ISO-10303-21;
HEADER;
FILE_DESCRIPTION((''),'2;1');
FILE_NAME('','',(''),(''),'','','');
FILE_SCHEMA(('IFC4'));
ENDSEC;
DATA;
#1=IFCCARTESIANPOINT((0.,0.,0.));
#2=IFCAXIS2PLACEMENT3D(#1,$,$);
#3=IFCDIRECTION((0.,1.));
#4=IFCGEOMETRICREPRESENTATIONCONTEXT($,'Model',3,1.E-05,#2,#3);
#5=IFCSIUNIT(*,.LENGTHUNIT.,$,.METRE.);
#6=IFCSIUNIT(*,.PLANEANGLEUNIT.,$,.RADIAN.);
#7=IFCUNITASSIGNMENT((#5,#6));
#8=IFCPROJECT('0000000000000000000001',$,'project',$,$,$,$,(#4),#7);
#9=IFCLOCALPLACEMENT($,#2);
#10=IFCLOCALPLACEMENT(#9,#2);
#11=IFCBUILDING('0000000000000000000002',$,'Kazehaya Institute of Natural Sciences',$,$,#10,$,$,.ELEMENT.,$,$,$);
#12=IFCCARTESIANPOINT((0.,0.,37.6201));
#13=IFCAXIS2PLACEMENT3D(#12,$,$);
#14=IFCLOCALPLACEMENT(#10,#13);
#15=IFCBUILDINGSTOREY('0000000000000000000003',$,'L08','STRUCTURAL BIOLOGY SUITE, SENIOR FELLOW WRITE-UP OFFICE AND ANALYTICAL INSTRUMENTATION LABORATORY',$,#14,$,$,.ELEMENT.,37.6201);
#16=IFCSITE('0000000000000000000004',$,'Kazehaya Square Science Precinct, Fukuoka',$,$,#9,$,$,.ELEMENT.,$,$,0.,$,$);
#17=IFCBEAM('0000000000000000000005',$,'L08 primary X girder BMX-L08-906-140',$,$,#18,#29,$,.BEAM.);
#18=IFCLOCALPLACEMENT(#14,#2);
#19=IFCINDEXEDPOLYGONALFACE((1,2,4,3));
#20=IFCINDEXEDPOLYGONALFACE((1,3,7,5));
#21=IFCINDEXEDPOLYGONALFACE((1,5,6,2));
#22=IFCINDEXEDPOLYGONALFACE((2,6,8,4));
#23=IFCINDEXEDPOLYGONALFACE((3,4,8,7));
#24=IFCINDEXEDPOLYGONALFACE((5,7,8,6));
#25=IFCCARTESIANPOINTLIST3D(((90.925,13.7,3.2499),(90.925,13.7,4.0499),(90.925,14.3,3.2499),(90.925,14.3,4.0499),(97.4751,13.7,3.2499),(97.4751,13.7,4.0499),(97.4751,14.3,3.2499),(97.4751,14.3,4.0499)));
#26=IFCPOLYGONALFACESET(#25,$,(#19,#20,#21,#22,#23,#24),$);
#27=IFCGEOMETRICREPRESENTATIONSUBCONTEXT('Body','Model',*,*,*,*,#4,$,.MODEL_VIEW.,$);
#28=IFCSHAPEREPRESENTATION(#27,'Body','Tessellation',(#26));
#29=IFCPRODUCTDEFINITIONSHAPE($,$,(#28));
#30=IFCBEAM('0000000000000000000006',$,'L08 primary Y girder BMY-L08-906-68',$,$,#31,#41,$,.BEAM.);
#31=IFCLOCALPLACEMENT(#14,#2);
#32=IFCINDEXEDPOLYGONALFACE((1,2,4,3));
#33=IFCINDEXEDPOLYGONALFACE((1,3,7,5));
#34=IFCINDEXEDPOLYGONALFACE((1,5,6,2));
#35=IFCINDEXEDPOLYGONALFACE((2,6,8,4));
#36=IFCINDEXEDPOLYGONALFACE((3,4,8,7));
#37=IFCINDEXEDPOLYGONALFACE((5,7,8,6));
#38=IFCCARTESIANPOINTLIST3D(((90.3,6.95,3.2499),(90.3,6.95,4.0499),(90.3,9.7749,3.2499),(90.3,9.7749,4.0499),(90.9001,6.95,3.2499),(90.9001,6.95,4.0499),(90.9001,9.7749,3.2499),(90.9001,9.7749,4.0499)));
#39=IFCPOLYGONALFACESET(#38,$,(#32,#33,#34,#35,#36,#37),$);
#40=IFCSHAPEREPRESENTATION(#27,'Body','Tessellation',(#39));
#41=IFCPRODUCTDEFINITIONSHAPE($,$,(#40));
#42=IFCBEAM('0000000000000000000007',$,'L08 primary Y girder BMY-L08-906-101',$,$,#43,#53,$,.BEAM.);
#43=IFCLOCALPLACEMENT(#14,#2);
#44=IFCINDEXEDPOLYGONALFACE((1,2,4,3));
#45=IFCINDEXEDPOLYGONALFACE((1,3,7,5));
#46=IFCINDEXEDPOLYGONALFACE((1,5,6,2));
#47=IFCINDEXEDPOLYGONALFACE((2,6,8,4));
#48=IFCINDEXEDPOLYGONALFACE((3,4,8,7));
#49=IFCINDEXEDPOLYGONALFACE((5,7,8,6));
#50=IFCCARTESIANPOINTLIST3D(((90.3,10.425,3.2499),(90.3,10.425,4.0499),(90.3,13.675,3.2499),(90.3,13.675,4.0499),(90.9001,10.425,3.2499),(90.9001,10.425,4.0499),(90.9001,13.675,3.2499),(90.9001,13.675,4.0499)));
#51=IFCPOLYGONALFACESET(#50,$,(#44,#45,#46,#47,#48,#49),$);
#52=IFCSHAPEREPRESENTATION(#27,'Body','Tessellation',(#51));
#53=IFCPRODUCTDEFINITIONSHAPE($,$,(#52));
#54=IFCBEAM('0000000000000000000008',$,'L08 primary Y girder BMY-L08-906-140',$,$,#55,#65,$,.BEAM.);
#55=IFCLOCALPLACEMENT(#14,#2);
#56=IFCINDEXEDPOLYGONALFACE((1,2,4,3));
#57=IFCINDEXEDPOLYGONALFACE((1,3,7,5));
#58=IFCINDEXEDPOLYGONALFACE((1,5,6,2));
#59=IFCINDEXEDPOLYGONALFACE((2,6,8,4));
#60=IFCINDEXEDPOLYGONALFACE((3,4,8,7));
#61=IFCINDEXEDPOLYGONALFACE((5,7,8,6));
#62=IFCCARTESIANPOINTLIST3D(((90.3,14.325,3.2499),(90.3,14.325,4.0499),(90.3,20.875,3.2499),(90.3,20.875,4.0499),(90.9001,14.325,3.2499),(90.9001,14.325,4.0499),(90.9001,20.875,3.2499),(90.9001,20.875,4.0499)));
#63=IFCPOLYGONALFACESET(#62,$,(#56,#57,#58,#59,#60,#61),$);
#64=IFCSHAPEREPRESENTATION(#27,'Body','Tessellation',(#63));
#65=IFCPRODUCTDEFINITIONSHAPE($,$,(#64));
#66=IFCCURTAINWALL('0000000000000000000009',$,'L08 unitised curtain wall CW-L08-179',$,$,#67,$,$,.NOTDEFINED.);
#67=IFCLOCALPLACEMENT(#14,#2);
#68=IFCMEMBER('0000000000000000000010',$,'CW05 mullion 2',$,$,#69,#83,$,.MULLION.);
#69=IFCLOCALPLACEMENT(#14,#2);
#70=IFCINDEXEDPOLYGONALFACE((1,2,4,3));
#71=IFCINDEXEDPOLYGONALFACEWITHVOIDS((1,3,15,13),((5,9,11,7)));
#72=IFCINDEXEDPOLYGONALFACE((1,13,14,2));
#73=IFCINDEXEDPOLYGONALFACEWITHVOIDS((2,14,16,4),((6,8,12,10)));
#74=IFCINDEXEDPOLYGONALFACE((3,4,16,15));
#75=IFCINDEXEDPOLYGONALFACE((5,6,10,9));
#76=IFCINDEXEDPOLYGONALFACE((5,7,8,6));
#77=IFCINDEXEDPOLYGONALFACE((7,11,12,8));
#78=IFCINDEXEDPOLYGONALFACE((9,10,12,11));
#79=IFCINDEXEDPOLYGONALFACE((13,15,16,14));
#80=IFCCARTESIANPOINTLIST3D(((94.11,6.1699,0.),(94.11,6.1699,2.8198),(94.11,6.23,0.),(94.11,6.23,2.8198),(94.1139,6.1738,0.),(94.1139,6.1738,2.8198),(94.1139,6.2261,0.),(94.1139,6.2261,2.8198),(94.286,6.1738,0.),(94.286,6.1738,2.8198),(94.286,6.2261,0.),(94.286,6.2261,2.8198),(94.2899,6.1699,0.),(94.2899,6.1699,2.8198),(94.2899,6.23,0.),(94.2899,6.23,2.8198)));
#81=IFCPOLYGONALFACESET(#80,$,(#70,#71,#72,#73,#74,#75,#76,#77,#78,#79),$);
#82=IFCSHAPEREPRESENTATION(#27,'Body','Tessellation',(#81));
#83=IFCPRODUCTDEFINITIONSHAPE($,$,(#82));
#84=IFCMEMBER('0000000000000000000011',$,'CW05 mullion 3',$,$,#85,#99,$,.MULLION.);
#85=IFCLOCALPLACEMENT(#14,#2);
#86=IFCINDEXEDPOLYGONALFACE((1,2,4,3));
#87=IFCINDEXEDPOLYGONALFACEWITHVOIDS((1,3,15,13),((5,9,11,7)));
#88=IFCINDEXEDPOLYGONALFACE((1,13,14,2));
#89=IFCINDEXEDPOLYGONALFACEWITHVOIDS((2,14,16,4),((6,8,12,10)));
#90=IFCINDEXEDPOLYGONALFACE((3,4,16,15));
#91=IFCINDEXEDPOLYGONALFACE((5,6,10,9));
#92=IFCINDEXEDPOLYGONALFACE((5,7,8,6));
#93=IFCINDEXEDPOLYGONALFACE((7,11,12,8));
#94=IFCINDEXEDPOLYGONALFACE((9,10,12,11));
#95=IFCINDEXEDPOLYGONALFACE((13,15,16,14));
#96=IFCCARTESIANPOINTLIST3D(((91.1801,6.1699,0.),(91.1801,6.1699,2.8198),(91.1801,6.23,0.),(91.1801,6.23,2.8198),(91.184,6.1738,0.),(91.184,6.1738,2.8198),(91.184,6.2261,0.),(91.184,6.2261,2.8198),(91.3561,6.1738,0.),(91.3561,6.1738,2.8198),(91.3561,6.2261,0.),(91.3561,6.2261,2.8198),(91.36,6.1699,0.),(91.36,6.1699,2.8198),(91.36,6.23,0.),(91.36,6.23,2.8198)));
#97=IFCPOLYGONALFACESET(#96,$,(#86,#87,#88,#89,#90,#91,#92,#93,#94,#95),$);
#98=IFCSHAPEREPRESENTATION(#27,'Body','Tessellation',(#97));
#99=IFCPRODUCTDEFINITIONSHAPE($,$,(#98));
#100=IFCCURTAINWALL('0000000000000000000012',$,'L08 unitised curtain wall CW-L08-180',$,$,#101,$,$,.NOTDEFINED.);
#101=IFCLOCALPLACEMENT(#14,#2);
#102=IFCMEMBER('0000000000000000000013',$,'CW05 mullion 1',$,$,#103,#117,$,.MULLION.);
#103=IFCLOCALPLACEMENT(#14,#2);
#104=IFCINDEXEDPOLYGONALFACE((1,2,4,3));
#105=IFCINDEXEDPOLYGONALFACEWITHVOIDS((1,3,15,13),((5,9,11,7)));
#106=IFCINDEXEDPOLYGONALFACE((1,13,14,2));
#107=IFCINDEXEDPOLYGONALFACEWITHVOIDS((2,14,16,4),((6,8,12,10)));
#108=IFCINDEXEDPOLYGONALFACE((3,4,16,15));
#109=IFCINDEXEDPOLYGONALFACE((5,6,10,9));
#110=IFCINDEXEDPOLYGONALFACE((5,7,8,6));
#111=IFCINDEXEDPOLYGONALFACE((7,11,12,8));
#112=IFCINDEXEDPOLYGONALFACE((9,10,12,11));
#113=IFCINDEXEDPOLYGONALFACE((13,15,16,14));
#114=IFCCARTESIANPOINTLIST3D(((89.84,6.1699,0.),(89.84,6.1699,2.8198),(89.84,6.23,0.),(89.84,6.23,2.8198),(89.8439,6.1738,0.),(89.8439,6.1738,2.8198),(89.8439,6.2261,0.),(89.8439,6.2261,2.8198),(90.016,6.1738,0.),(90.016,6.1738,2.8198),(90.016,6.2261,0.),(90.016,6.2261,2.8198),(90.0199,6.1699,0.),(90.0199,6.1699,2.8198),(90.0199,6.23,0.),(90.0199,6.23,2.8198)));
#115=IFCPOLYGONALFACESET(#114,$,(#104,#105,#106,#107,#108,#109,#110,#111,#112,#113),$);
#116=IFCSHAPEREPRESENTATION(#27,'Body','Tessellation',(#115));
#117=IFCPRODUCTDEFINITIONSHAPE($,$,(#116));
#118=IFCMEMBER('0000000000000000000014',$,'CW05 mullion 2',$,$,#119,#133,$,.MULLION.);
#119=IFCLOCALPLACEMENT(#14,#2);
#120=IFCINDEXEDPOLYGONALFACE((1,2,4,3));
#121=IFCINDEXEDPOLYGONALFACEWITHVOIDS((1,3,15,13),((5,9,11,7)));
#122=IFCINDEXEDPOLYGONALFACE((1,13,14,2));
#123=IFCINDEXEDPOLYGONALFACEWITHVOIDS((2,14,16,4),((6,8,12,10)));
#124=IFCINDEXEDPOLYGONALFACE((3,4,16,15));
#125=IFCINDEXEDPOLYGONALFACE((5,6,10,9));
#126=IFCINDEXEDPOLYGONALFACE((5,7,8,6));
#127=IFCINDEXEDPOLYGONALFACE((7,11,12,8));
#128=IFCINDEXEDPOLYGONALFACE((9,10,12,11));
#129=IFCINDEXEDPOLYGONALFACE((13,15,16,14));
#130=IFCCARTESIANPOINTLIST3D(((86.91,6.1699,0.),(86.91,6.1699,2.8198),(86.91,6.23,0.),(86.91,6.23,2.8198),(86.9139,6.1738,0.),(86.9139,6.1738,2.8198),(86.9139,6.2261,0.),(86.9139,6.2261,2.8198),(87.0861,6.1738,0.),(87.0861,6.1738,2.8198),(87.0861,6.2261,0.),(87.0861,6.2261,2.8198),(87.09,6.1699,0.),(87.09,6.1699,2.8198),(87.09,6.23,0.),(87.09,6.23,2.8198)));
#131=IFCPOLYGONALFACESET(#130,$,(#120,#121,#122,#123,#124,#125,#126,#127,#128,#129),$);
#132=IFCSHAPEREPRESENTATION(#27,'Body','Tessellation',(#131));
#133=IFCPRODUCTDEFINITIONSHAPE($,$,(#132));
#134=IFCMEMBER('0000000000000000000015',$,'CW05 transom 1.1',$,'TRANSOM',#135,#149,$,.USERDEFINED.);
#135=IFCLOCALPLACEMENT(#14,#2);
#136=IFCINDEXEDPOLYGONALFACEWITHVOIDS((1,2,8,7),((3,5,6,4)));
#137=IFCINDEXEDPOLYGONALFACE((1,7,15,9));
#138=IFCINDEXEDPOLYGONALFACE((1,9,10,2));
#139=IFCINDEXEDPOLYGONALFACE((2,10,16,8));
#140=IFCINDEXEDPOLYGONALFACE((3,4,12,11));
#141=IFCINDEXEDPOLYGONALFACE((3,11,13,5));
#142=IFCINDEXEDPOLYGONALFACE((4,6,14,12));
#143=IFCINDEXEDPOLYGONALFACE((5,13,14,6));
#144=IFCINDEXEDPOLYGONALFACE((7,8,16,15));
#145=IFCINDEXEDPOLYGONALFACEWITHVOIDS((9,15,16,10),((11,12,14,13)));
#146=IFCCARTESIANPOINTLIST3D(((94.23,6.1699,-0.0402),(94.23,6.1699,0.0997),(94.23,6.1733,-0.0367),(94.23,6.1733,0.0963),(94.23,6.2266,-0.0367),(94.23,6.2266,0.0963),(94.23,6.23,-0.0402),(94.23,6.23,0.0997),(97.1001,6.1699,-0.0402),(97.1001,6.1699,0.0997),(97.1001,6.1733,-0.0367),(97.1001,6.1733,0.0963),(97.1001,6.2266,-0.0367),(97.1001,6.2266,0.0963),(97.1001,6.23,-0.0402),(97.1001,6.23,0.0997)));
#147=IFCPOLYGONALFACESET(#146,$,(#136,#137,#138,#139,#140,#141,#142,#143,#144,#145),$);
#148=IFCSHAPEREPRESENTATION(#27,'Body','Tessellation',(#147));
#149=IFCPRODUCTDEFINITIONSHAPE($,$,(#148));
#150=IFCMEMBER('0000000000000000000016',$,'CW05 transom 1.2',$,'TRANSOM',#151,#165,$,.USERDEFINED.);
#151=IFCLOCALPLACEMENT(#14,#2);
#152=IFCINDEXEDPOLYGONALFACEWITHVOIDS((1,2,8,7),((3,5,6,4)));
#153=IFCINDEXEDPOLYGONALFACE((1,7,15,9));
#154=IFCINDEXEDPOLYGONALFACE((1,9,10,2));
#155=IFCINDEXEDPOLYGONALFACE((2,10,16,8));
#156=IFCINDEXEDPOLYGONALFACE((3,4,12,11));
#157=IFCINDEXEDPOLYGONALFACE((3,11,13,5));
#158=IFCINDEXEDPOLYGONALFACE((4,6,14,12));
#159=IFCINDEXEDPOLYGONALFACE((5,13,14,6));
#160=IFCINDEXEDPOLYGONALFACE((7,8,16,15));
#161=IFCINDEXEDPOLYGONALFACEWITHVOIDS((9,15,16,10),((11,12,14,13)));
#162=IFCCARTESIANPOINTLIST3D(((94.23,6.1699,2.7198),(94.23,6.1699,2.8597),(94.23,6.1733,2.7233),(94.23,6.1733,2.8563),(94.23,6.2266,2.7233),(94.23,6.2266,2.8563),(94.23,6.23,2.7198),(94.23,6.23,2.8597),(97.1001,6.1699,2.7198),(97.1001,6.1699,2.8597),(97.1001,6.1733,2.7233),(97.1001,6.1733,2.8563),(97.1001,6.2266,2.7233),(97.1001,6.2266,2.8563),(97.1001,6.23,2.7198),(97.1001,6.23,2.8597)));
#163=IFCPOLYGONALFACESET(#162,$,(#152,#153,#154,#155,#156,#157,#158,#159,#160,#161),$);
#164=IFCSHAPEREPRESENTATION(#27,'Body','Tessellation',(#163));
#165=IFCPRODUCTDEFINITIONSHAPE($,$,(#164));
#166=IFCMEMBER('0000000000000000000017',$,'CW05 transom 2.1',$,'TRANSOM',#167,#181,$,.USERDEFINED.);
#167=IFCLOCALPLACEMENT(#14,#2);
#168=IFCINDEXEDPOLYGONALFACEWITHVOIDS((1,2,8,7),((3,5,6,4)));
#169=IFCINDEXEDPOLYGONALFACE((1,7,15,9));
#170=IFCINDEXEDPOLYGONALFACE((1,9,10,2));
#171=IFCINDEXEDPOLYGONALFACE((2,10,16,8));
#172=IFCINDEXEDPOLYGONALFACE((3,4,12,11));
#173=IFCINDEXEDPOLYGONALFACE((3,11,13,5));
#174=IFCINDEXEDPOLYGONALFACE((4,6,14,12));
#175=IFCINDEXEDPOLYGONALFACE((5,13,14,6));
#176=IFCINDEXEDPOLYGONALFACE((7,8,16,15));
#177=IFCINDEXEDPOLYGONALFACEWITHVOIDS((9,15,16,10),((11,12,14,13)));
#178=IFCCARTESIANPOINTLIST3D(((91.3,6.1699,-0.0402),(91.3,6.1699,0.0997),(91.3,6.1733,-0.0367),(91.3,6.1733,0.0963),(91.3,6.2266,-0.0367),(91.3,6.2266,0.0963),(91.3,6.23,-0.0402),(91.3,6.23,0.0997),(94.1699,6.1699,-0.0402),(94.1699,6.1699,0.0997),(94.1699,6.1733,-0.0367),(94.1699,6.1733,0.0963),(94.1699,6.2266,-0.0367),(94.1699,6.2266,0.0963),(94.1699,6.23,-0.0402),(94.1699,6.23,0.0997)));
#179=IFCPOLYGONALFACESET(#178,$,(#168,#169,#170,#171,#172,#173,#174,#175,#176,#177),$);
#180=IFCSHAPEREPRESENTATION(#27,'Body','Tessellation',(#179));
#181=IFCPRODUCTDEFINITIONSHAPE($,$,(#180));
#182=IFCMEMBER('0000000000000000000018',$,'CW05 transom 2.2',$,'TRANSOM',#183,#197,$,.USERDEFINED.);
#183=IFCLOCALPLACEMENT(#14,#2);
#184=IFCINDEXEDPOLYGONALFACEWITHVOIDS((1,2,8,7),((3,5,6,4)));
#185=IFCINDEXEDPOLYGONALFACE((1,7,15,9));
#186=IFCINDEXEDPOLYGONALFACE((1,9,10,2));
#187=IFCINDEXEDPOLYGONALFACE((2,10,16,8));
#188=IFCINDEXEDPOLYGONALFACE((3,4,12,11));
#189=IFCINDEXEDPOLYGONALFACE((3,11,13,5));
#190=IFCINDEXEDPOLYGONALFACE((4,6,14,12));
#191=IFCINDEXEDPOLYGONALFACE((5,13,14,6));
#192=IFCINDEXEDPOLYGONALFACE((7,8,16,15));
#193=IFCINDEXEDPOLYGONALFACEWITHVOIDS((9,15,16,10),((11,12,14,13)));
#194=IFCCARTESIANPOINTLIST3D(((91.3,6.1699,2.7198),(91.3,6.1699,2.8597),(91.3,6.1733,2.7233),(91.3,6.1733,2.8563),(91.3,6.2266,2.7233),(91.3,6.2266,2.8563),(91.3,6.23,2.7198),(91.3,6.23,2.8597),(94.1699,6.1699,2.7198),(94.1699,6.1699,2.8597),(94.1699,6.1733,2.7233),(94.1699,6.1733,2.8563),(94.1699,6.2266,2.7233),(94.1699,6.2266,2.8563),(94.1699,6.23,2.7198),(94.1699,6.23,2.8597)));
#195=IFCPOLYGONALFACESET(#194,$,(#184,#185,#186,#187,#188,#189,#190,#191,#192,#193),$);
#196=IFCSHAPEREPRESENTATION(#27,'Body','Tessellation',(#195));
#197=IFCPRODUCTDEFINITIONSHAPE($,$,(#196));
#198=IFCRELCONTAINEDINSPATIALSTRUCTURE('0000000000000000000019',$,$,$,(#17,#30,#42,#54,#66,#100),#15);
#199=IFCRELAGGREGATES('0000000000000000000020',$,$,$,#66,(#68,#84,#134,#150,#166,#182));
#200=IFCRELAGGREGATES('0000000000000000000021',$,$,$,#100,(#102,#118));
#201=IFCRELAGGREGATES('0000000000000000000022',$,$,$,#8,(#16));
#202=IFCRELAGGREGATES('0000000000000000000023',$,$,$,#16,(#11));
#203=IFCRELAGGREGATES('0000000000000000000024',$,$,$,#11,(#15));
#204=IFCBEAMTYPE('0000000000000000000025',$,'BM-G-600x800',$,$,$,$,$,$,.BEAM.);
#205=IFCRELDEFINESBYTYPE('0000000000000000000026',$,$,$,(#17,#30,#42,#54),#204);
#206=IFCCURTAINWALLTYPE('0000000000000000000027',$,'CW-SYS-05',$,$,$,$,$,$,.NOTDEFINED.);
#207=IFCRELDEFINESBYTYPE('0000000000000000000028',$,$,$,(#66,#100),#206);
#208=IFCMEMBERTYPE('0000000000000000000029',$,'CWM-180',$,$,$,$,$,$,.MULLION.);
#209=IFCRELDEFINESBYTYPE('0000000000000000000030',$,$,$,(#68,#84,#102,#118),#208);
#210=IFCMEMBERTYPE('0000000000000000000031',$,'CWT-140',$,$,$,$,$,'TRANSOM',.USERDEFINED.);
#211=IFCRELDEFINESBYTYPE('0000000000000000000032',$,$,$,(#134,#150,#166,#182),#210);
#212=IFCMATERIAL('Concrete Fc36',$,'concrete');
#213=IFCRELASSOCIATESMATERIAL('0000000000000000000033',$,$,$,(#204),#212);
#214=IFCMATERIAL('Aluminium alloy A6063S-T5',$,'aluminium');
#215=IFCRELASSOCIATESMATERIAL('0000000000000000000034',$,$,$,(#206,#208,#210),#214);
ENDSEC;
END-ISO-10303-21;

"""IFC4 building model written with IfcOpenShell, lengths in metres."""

from ifc_helpers import new_model, si_unit, direction, frame, origin, origin_2d, place, context, subcontext, project, spatial, rectangle, hollow_rectangle, extrude, material, material_profile, profile_set, type_object, element, aggregate, save


model = new_model("IFC4")

# Units and contexts
model_context = context("Model", 3, precision=1e-05, world=origin(), true_north=direction((0.0, 1.0)))
body_context = subcontext(model_context, "Body", "Model", "MODEL_VIEW")
ifc_project = project(units=[si_unit("LENGTHUNIT", "METRE"), si_unit("PLANEANGLEUNIT", "RADIAN")], contexts=[model_context])

# Site, building, storey
site_placement = place(None, origin())
site = spatial("IfcSite", under=ifc_project, at=site_placement, Name="Kazehaya Square Science Precinct, Fukuoka", CompositionType="ELEMENT", RefElevation=0.0)
building_placement = place(site_placement, origin())
building = spatial("IfcBuilding", under=site, at=building_placement, Name="Kazehaya Institute of Natural Sciences", CompositionType="ELEMENT")
storey_placement = place(building_placement, frame((0.0, 0.0, 37.6201)))
storey = spatial("IfcBuildingStorey", under=building, at=storey_placement, Name="L08", Description="STRUCTURAL BIOLOGY SUITE, SENIOR FELLOW WRITE-UP OFFICE AND ANALYTICAL INSTRUMENTATION LABORATORY", CompositionType="ELEMENT", Elevation=37.6201)

# Shared definitions
ifc_material_1 = material(Name="Concrete Fc36", Category="concrete")

# Beams
ifc_material_profile_1 = material_profile(ifc_material_1, rectangle(XDim=0.6001, YDim=0.8, at=origin_2d()), Name="RC-600x800")
ifc_profile_set_1 = profile_set([ifc_material_profile_1], Name="Concrete Fc36")
beam_type = type_object("IfcBeamType", Name="BM-G-600x800", PredefinedType="BEAM", material=ifc_profile_set_1)
for number, where, z_axis, x_axis, name in (
    (1, (90.925, 14.0, 3.6499), (1.0, 0.0, 0.0), (0.0, 1.0, 0.0), "L08 primary X girder BMX-L08-906-140"),
):
    element("IfcBeam", number, at=place(storey_placement, frame(where, z_axis=z_axis, x_axis=x_axis)), inside=storey, type_object=beam_type, Name=name, PredefinedType="BEAM", context=body_context, shape_type="SweptSolid", body=[
        extrude(rectangle(XDim=0.6001, YDim=0.8, at=origin_2d()), origin(), (0.0, 0.0, 1.0), 6.55),
    ])
beam_1_placement = place(storey_placement, frame((90.6001, 6.95, 3.6499), z_axis=(0.0, 1.0, 0.0), x_axis=(-1.0, 0.0, 0.0)))
element("IfcBeam", 2, at=beam_1_placement, inside=storey, type_object=beam_type, Name="L08 primary Y girder BMY-L08-906-68", PredefinedType="BEAM", context=body_context, shape_type="SweptSolid", body=[
    extrude(rectangle(XDim=0.6001, YDim=0.8, at=origin_2d()), origin(), (0.0, 0.0, 1.0), 2.825),
])
beam_2_placement = place(storey_placement, frame((90.6001, 10.425, 3.6499), z_axis=(0.0, 1.0, 0.0), x_axis=(-1.0, 0.0, 0.0)))
element("IfcBeam", 3, at=beam_2_placement, inside=storey, type_object=beam_type, Name="L08 primary Y girder BMY-L08-906-101", PredefinedType="BEAM", context=body_context, shape_type="SweptSolid", body=[
    extrude(rectangle(XDim=0.6001, YDim=0.8, at=origin_2d()), origin(), (0.0, 0.0, 1.0), 3.25),
])
beam_3_placement = place(storey_placement, frame((90.6001, 14.325, 3.6499), z_axis=(0.0, 1.0, 0.0), x_axis=(-1.0, 0.0, 0.0)))
element("IfcBeam", 4, at=beam_3_placement, inside=storey, type_object=beam_type, Name="L08 primary Y girder BMY-L08-906-140", PredefinedType="BEAM", context=body_context, shape_type="SweptSolid", body=[
    extrude(rectangle(XDim=0.6001, YDim=0.8, at=origin_2d()), origin(), (0.0, 0.0, 1.0), 6.55),
])

# Curtain walls, members
ifc_material_2 = material(Name="Aluminium alloy A6063S-T5", Category="aluminium")
curtain_wall_type = type_object("IfcCurtainWallType", Name="CW-SYS-05", PredefinedType="NOTDEFINED", material=ifc_material_2)
curtain_wall_1_placement = place(storey_placement, origin())
curtain_wall_1 = element("IfcCurtainWall", 5, at=curtain_wall_1_placement, inside=storey, type_object=curtain_wall_type, Name="L08 unitised curtain wall CW-L08-179", PredefinedType="NOTDEFINED")
ifc_material_profile_2 = material_profile(ifc_material_2, hollow_rectangle(XDim=0.0601, YDim=0.1799, WallThickness=0.0039, at=origin_2d()), Name="ALU-60x180x4")
ifc_profile_set_2 = profile_set([ifc_material_profile_2], Name="Aluminium alloy A6063S-T5")
member_type_1 = type_object("IfcMemberType", Name="CWM-180", PredefinedType="MULLION", material=ifc_profile_set_2)
member_1_placement = place(storey_placement, frame((94.2, 6.2, 0.0), z_axis=(0.0, 0.0, 1.0), x_axis=(0.0, -1.0, 0.0)))
member_1 = element("IfcMember", 6, at=member_1_placement, type_object=member_type_1, Name="CW05 mullion 2", PredefinedType="MULLION", context=body_context, shape_type="SweptSolid", body=[
    extrude(hollow_rectangle(XDim=0.0601, YDim=0.1799, WallThickness=0.0039, at=origin_2d()), origin(), (0.0, 0.0, 1.0), 2.8198),
])
member_2_placement = place(storey_placement, frame((91.27, 6.2, 0.0), z_axis=(0.0, 0.0, 1.0), x_axis=(0.0, -1.0, 0.0)))
member_2 = element("IfcMember", 7, at=member_2_placement, type_object=member_type_1, Name="CW05 mullion 3", PredefinedType="MULLION", context=body_context, shape_type="SweptSolid", body=[
    extrude(hollow_rectangle(XDim=0.0601, YDim=0.1799, WallThickness=0.0039, at=origin_2d()), origin(), (0.0, 0.0, 1.0), 2.8198),
])
curtain_wall_2_placement = place(storey_placement, origin())
curtain_wall_2 = element("IfcCurtainWall", 8, at=curtain_wall_2_placement, inside=storey, type_object=curtain_wall_type, Name="L08 unitised curtain wall CW-L08-180", PredefinedType="NOTDEFINED")
member_3_placement = place(storey_placement, frame((89.9299, 6.2, 0.0), z_axis=(0.0, 0.0, 1.0), x_axis=(0.0, -1.0, 0.0)))
member_3 = element("IfcMember", 9, at=member_3_placement, type_object=member_type_1, Name="CW05 mullion 1", PredefinedType="MULLION", context=body_context, shape_type="SweptSolid", body=[
    extrude(hollow_rectangle(XDim=0.0601, YDim=0.1799, WallThickness=0.0039, at=origin_2d()), origin(), (0.0, 0.0, 1.0), 2.8198),
])
member_4_placement = place(storey_placement, frame((87.0, 6.2, 0.0), z_axis=(0.0, 0.0, 1.0), x_axis=(0.0, -1.0, 0.0)))
member_4 = element("IfcMember", 10, at=member_4_placement, type_object=member_type_1, Name="CW05 mullion 2", PredefinedType="MULLION", context=body_context, shape_type="SweptSolid", body=[
    extrude(hollow_rectangle(XDim=0.0601, YDim=0.1799, WallThickness=0.0039, at=origin_2d()), origin(), (0.0, 0.0, 1.0), 2.8198),
])

# Members
ifc_material_profile_3 = material_profile(ifc_material_2, hollow_rectangle(XDim=0.0601, YDim=0.1399, WallThickness=0.0034, at=origin_2d()), Name="ALU-60x140x3.5")
ifc_profile_set_3 = profile_set([ifc_material_profile_3], Name="Aluminium alloy A6063S-T5")
member_type_2 = type_object("IfcMemberType", Name="CWT-140", ElementType="TRANSOM", PredefinedType="USERDEFINED", material=ifc_profile_set_3)
member_5_placement = place(storey_placement, frame((97.1001, 6.2, 0.0298), z_axis=(-1.0, 0.0, 0.0), x_axis=(0.0, -1.0, 0.0)))
member_5 = element("IfcMember", 11, at=member_5_placement, type_object=member_type_2, Name="CW05 transom 1.1", ObjectType="TRANSOM", PredefinedType="USERDEFINED", context=body_context, shape_type="SweptSolid", body=[
    extrude(hollow_rectangle(XDim=0.0601, YDim=0.1399, WallThickness=0.0034, at=origin_2d()), origin(), (0.0, 0.0, 1.0), 2.8701),
])
member_6_placement = place(storey_placement, frame((97.1001, 6.2, 2.7898), z_axis=(-1.0, 0.0, 0.0), x_axis=(0.0, -1.0, 0.0)))
member_6 = element("IfcMember", 12, at=member_6_placement, type_object=member_type_2, Name="CW05 transom 1.2", ObjectType="TRANSOM", PredefinedType="USERDEFINED", context=body_context, shape_type="SweptSolid", body=[
    extrude(hollow_rectangle(XDim=0.0601, YDim=0.1399, WallThickness=0.0034, at=origin_2d()), origin(), (0.0, 0.0, 1.0), 2.8701),
])
member_7_placement = place(storey_placement, frame((94.1699, 6.2, 0.0298), z_axis=(-1.0, 0.0, 0.0), x_axis=(0.0, -1.0, 0.0)))
member_7 = element("IfcMember", 13, at=member_7_placement, type_object=member_type_2, Name="CW05 transom 2.1", ObjectType="TRANSOM", PredefinedType="USERDEFINED", context=body_context, shape_type="SweptSolid", body=[
    extrude(hollow_rectangle(XDim=0.0601, YDim=0.1399, WallThickness=0.0034, at=origin_2d()), origin(), (0.0, 0.0, 1.0), 2.8699),
])
member_8_placement = place(storey_placement, frame((94.1699, 6.2, 2.7898), z_axis=(-1.0, 0.0, 0.0), x_axis=(0.0, -1.0, 0.0)))
member_8 = element("IfcMember", 14, at=member_8_placement, type_object=member_type_2, Name="CW05 transom 2.2", ObjectType="TRANSOM", PredefinedType="USERDEFINED", context=body_context, shape_type="SweptSolid", body=[
    extrude(hollow_rectangle(XDim=0.0601, YDim=0.1399, WallThickness=0.0034, at=origin_2d()), origin(), (0.0, 0.0, 1.0), 2.8699),
])

aggregate(curtain_wall_1, [member_1, member_2, member_5, member_6, member_7, member_8])
aggregate(curtain_wall_2, [member_3, member_4])

save(model, "model.ifc")
